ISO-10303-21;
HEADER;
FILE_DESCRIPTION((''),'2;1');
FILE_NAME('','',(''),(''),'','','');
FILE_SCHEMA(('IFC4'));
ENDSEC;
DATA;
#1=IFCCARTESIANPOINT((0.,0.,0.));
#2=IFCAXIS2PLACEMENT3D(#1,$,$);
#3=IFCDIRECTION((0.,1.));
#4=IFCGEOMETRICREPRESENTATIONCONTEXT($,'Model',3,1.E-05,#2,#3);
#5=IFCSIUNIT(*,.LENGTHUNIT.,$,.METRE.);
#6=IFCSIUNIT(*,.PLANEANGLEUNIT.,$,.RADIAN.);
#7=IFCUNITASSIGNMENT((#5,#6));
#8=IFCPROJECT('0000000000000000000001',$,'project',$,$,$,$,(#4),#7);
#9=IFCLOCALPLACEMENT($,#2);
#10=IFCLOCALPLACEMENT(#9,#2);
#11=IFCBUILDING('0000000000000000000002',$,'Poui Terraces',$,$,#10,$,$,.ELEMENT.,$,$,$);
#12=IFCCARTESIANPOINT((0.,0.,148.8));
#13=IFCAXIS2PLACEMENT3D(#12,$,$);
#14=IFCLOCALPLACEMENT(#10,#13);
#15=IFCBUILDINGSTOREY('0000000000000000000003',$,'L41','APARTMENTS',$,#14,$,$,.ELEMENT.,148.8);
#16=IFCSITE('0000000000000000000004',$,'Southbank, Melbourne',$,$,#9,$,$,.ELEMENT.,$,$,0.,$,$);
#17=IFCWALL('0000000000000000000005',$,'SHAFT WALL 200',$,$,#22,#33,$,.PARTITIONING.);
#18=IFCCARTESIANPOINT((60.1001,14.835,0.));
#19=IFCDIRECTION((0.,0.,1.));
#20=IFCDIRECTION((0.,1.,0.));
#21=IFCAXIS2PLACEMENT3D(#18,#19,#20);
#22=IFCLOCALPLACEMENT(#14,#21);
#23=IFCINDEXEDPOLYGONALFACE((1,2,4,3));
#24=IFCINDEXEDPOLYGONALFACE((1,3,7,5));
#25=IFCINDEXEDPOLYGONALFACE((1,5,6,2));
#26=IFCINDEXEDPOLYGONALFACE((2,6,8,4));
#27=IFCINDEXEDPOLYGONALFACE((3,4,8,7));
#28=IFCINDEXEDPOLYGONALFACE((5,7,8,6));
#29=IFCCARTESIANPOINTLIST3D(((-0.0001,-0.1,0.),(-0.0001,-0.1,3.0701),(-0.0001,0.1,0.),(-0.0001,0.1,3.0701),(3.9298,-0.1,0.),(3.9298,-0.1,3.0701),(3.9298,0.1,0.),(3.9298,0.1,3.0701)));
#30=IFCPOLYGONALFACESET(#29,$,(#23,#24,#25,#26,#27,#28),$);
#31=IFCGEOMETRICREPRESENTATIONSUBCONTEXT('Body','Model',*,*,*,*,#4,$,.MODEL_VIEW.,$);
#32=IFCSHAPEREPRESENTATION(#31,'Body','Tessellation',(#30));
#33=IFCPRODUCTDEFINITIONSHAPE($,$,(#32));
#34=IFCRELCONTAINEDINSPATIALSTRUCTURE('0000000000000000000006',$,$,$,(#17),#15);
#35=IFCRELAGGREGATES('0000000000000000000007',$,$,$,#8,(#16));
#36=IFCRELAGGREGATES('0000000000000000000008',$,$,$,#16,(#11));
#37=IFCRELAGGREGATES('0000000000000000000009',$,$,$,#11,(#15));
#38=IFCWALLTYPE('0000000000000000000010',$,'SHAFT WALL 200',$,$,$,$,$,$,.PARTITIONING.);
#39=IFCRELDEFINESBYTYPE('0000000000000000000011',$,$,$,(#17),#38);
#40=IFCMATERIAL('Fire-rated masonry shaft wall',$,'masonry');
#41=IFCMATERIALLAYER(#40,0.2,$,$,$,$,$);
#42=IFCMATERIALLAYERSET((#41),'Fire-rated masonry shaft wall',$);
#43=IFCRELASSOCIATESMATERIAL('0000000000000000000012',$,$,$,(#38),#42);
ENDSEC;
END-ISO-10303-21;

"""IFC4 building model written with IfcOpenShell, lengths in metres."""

from ifc_helpers import new_model, si_unit, direction, frame, frame_2d, origin, place, context, subcontext, project, spatial, rectangle, extrude, material, layer, layer_set, type_object, element, save


model = new_model("IFC4")

# Units and contexts
model_context = context("Model", 3, precision=1e-05, world=origin(), true_north=direction((0.0, 1.0)))
body_context = subcontext(model_context, "Body", "Model", "MODEL_VIEW")
ifc_project = project(units=[si_unit("LENGTHUNIT", "METRE"), si_unit("PLANEANGLEUNIT", "RADIAN")], contexts=[model_context])

# Site, building, storey
site_placement = place(None, origin())
site = spatial("IfcSite", under=ifc_project, at=site_placement, Name="Southbank, Melbourne", CompositionType="ELEMENT", RefElevation=0.0)
building_placement = place(site_placement, origin())
building = spatial("IfcBuilding", under=site, at=building_placement, Name="Poui Terraces", CompositionType="ELEMENT")
storey_placement = place(building_placement, frame((0.0, 0.0, 148.8)))
storey = spatial("IfcBuildingStorey", under=building, at=storey_placement, Name="L41", Description="APARTMENTS", CompositionType="ELEMENT", Elevation=148.8)

# Wall
ifc_material_1 = material(Name="Fire-rated masonry shaft wall", Category="masonry")
ifc_layer_1 = layer(ifc_material_1, 0.2)
ifc_layer_set_1 = layer_set([ifc_layer_1], Name="Fire-rated masonry shaft wall")
wall_type_1 = type_object("IfcWallType", Name="SHAFT WALL 200", PredefinedType="PARTITIONING", material=ifc_layer_set_1)
wall_1_placement = place(storey_placement, frame((60.1001, 14.835, 0.0), z_axis=(0.0, 0.0, 1.0), x_axis=(0.0, 1.0, 0.0)))
element("IfcWall", 1, at=wall_1_placement, inside=storey, type_object=wall_type_1, Name="SHAFT WALL 200", PredefinedType="PARTITIONING", context=body_context, shape_type="SweptSolid", body=[
    extrude(rectangle(XDim=3.9299, YDim=0.2, at=frame_2d((1.9648, 0.0))), origin(), (0.0, 0.0, 1.0), 3.0701),
])

save(model, "model.ifc")
